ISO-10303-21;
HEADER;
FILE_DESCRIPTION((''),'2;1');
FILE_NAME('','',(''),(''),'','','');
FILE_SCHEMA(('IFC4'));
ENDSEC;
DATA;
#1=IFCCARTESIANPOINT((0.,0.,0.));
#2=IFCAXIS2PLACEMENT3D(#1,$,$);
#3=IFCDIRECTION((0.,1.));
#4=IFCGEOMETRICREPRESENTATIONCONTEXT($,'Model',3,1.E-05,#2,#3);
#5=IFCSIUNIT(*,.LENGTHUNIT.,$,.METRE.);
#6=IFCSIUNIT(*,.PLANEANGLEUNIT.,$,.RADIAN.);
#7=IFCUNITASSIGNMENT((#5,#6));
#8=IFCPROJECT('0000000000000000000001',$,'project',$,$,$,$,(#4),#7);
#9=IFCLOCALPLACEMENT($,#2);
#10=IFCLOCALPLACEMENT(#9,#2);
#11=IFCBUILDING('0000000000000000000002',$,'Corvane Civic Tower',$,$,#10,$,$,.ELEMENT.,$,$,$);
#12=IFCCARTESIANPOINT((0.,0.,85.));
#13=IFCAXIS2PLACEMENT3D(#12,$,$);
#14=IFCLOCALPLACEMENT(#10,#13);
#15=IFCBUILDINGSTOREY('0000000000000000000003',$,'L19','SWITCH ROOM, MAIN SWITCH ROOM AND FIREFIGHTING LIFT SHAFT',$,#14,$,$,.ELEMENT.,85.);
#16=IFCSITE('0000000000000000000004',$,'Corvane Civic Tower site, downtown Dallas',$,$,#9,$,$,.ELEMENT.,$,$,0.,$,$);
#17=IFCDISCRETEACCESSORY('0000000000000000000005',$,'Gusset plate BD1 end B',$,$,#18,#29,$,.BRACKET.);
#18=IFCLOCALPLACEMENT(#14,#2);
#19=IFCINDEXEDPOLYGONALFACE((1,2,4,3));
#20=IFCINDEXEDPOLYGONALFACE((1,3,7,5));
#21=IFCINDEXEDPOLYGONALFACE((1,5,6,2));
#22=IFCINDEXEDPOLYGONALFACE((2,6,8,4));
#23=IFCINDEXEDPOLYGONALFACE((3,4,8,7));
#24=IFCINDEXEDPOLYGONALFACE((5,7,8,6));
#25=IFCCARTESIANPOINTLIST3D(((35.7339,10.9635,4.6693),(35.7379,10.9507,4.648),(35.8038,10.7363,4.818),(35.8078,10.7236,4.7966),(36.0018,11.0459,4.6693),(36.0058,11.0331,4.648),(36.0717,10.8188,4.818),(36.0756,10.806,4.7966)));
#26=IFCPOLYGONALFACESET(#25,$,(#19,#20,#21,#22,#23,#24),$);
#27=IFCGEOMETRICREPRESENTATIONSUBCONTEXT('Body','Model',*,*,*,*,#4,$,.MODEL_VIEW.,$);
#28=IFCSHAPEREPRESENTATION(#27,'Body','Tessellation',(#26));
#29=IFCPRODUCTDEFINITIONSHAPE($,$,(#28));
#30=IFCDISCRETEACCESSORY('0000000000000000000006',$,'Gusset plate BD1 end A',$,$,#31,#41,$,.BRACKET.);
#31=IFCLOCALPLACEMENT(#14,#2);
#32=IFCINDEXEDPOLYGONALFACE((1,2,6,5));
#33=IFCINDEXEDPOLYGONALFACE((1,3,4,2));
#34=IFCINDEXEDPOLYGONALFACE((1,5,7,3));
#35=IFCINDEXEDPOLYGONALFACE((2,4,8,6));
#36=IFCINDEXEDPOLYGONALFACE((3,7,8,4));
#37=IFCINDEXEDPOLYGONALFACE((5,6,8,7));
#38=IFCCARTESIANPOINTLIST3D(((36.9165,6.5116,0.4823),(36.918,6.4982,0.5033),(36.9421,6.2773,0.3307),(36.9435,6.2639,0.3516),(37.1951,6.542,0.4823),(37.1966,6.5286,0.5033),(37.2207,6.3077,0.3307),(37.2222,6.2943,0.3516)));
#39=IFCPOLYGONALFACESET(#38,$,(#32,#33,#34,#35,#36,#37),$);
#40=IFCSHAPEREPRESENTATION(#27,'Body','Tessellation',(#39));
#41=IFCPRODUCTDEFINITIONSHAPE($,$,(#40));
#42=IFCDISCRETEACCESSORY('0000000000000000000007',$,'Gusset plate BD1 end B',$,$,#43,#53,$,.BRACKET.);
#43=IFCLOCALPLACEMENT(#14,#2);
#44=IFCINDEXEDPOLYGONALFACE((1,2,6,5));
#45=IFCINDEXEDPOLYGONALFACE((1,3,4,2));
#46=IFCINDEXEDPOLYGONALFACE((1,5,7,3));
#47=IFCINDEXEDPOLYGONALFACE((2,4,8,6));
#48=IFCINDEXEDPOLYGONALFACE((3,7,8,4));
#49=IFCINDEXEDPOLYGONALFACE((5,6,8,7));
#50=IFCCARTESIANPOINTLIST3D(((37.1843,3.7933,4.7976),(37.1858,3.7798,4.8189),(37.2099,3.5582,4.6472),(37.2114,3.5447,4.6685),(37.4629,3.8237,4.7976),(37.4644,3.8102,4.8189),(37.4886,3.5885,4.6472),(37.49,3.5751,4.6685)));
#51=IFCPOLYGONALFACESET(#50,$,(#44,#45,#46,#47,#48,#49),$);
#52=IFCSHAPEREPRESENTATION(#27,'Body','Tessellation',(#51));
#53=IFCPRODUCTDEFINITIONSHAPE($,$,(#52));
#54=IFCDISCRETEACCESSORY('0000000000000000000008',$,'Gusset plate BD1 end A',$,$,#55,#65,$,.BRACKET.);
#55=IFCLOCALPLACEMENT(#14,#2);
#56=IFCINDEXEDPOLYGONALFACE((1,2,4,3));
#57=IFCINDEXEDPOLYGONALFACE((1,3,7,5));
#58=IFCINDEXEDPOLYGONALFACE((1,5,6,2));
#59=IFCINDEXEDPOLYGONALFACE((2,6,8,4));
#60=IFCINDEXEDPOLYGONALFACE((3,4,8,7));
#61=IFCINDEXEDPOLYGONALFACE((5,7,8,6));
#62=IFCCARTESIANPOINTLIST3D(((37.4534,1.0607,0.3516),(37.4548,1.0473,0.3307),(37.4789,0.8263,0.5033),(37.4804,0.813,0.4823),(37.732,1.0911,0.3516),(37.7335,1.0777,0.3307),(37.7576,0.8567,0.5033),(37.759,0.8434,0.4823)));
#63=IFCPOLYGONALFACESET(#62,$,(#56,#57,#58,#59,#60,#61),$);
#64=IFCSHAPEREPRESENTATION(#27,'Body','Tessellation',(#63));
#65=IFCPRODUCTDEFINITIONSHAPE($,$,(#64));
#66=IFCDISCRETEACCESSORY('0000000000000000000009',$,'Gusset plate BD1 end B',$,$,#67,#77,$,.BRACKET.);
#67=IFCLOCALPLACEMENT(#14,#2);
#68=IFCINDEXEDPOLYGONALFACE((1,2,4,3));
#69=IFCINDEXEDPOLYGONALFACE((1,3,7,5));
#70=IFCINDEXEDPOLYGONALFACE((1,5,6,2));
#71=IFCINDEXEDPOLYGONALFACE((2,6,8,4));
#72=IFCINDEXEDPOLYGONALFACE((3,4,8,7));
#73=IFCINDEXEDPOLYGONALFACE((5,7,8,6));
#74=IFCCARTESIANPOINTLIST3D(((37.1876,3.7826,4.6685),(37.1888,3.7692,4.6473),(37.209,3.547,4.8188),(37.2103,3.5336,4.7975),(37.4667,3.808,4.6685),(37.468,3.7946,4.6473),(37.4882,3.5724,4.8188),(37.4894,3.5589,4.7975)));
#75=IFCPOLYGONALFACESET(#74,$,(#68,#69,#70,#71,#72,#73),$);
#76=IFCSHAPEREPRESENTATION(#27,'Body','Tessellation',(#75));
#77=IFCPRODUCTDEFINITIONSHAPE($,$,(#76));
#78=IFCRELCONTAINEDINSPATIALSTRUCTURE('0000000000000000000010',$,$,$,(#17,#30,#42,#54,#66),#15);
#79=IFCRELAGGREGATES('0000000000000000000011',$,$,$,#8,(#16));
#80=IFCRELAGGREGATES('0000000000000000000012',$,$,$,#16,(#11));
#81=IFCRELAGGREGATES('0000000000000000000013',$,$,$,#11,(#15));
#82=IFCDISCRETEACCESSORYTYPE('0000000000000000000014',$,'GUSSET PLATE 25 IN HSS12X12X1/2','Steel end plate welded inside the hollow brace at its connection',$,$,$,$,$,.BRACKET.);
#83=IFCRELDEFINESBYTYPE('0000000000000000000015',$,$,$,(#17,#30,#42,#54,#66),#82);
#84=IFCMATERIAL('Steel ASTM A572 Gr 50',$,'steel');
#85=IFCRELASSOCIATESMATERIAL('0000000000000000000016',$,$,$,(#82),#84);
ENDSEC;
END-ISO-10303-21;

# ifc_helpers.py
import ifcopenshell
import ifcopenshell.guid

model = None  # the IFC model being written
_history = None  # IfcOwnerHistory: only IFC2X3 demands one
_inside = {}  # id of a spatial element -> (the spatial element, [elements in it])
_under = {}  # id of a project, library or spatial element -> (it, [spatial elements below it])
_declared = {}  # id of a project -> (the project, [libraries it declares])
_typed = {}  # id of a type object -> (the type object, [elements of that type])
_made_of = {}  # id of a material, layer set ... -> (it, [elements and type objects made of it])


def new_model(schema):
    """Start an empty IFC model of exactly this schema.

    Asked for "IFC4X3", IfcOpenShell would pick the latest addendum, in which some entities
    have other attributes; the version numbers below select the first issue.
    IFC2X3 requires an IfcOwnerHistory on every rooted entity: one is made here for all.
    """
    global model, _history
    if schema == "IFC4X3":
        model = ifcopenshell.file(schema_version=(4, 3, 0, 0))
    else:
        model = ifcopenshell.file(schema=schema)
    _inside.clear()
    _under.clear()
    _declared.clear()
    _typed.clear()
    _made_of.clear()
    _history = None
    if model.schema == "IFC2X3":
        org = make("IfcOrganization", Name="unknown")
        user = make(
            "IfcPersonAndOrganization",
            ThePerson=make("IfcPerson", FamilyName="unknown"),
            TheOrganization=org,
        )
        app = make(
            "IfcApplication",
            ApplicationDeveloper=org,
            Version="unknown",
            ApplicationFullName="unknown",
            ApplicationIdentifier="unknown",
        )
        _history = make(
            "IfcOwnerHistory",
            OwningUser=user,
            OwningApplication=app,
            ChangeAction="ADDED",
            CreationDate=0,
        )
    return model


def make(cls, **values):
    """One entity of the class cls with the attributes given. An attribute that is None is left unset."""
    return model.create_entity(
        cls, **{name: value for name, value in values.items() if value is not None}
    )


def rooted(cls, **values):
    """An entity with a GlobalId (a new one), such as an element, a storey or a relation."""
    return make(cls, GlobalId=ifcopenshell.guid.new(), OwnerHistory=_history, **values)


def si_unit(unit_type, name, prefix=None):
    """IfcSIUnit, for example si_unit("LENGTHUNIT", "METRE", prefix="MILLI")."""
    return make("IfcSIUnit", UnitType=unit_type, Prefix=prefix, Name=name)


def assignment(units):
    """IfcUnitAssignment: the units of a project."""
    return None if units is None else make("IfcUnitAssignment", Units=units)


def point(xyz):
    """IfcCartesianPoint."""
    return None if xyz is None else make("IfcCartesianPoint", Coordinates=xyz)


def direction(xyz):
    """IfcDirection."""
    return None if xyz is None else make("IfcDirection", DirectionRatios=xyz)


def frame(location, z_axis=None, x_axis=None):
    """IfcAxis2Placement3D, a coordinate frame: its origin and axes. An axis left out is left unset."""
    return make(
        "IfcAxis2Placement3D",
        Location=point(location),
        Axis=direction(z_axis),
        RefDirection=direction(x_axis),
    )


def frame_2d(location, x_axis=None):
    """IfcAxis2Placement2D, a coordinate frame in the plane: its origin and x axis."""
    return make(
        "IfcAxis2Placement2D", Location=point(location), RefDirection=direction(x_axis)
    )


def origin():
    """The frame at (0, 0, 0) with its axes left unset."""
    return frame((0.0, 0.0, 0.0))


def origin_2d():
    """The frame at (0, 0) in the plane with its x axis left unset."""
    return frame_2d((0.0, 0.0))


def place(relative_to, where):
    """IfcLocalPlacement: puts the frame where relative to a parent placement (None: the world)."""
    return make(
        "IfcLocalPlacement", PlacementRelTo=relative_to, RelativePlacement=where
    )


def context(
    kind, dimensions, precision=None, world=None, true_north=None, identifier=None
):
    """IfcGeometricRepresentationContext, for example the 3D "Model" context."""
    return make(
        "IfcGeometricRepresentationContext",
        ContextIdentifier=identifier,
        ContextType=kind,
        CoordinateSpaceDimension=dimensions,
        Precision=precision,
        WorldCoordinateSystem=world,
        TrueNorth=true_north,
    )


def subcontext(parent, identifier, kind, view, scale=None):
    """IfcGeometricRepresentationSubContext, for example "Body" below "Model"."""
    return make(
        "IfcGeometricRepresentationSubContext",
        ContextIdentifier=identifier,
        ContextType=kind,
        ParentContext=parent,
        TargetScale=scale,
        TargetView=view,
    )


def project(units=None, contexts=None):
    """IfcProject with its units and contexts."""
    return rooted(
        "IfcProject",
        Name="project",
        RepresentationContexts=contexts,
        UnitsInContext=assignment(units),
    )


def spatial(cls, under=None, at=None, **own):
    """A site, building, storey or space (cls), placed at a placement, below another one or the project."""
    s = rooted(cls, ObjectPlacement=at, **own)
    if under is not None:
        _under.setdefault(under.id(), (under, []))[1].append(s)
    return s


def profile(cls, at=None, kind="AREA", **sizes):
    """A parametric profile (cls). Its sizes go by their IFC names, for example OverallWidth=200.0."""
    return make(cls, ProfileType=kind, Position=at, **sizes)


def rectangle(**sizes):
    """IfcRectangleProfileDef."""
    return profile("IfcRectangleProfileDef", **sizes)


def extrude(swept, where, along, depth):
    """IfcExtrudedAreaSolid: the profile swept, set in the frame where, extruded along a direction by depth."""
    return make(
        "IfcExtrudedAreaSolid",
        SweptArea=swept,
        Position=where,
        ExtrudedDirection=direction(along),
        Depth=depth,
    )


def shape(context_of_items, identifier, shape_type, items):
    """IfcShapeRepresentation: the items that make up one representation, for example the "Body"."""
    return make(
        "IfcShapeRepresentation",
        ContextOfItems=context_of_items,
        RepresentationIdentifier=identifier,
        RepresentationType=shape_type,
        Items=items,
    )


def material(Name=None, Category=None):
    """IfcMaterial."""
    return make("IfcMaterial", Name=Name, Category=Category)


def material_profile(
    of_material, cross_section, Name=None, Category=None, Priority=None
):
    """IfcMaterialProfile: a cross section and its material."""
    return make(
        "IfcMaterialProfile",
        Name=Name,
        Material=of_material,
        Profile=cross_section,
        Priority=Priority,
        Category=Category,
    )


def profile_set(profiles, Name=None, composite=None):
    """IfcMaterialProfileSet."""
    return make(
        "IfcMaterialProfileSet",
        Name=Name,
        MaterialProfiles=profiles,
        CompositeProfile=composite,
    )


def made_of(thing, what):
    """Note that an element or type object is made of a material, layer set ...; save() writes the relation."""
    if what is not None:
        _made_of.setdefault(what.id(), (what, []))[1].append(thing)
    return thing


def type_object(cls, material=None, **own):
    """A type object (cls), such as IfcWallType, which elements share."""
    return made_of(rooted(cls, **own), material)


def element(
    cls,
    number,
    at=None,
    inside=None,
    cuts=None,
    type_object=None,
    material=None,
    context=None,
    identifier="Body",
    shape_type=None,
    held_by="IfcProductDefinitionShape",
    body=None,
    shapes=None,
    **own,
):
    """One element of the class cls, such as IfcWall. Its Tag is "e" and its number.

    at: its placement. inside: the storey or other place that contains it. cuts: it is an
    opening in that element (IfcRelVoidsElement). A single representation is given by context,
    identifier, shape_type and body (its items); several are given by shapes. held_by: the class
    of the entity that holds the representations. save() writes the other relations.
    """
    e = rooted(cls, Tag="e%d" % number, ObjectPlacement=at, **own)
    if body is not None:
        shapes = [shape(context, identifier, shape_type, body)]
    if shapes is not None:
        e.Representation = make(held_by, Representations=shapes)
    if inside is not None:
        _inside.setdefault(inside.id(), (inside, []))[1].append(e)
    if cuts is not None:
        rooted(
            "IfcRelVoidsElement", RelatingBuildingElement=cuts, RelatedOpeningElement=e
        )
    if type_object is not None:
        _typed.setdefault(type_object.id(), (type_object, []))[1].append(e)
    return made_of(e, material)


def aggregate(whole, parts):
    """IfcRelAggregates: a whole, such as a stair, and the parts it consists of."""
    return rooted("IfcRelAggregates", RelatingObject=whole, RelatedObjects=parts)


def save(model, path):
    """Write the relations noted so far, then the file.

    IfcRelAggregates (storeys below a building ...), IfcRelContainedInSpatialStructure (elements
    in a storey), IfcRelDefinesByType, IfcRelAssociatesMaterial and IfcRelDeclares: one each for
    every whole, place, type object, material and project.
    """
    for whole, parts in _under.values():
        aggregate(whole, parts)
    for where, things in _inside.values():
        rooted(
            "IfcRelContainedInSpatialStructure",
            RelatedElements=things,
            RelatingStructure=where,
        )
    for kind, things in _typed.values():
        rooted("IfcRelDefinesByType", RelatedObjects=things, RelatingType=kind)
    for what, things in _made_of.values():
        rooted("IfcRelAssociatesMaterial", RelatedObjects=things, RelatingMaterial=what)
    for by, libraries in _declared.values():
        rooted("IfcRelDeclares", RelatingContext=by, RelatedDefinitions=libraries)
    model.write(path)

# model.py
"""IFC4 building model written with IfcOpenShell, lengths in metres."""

from ifc_helpers import new_model, si_unit, direction, frame, origin, origin_2d, place, context, subcontext, project, spatial, rectangle, extrude, material, material_profile, profile_set, type_object, element, save


model = new_model("IFC4")

# Units and contexts
model_context = context("Model", 3, precision=1e-05, world=origin(), true_north=direction((0.0, 1.0)))
body_context = subcontext(model_context, "Body", "Model", "MODEL_VIEW")
ifc_project = project(units=[si_unit("LENGTHUNIT", "METRE"), si_unit("PLANEANGLEUNIT", "RADIAN")], contexts=[model_context])

# Site, building, storey
site_placement = place(None, origin())
site = spatial("IfcSite", under=ifc_project, at=site_placement, Name="Corvane Civic Tower site, downtown Dallas", CompositionType="ELEMENT", RefElevation=0.0)
building_placement = place(site_placement, origin())
building = spatial("IfcBuilding", under=site, at=building_placement, Name="Corvane Civic Tower", CompositionType="ELEMENT")
storey_placement = place(building_placement, frame((0.0, 0.0, 85.0)))
storey = spatial("IfcBuildingStorey", under=building, at=storey_placement, Name="L19", Description="SWITCH ROOM, MAIN SWITCH ROOM AND FIREFIGHTING LIFT SHAFT", CompositionType="ELEMENT", Elevation=85.0)

# Discrete accessories
ifc_material_1 = material(Name="Steel ASTM A572 Gr 50", Category="steel")
ifc_material_profile_1 = material_profile(ifc_material_1, rectangle(XDim=0.2803, YDim=0.2803, at=origin_2d()), Name="GUSSET PLATE 25 IN HSS12X12X1/2")
ifc_profile_set_1 = profile_set([ifc_material_profile_1], Name="Steel ASTM A572 Gr 50")
discrete_accessory_type = type_object("IfcDiscreteAccessoryType", Name="GUSSET PLATE 25 IN HSS12X12X1/2", Description="Steel end plate welded inside the hollow brace at its connection", PredefinedType="BRACKET", material=ifc_profile_set_1)
discrete_accessory_1_placement = place(storey_placement, frame((35.9028, 10.8911, 4.7437), z_axis=(0.155929, -0.506769, -0.847863), x_axis=(0.955779, 0.294086, 0.0)))
element("IfcDiscreteAccessory", 1, at=discrete_accessory_1_placement, inside=storey, type_object=discrete_accessory_type, Name="Gusset plate BD1 end B", PredefinedType="BRACKET", context=body_context, shape_type="SweptSolid", body=[
    extrude(rectangle(XDim=0.2803, YDim=0.2803, at=origin_2d()), origin(), (0.0, 0.0, 1.0), 0.0251),
])
discrete_accessory_2_placement = place(storey_placement, frame((37.0686, 6.4097, 0.4065), z_axis=(0.058674, -0.537847, 0.840998), x_axis=(0.994102, 0.108448, 0.0)))
element("IfcDiscreteAccessory", 2, at=discrete_accessory_2_placement, inside=storey, type_object=discrete_accessory_type, Name="Gusset plate BD1 end A", PredefinedType="BRACKET", context=body_context, shape_type="SweptSolid", body=[
    extrude(rectangle(XDim=0.2803, YDim=0.2803, at=origin_2d()), origin(), (0.0, 0.0, 1.0), 0.0249),
])
discrete_accessory_3_placement = place(storey_placement, frame((37.3379, 3.6775, 4.7437), z_axis=(-0.058195, 0.533453, -0.843825), x_axis=(-0.994102, -0.108448, 0.0)))
element("IfcDiscreteAccessory", 3, at=discrete_accessory_3_placement, inside=storey, type_object=discrete_accessory_type, Name="Gusset plate BD1 end B", PredefinedType="BRACKET", context=body_context, shape_type="SweptSolid", body=[
    extrude(rectangle(XDim=0.2803, YDim=0.2803, at=origin_2d()), origin(), (0.0, 0.0, 1.0), 0.0251),
])
discrete_accessory_4_placement = place(storey_placement, frame((37.6069, 0.9453, 0.4065), z_axis=(-0.058674, 0.537847, 0.840998), x_axis=(-0.994102, -0.108448, 0.0)))
element("IfcDiscreteAccessory", 4, at=discrete_accessory_4_placement, inside=storey, type_object=discrete_accessory_type, Name="Gusset plate BD1 end A", PredefinedType="BRACKET", context=body_context, shape_type="SweptSolid", body=[
    extrude(rectangle(XDim=0.2803, YDim=0.2803, at=origin_2d()), origin(), (0.0, 0.0, 1.0), 0.0249),
])
discrete_accessory_5_placement = place(storey_placement, frame((37.3379, 3.6775, 4.7437), z_axis=(0.048521, -0.533729, -0.844262), x_axis=(0.995893, 0.090536, 0.0)))
element("IfcDiscreteAccessory", 5, at=discrete_accessory_5_placement, inside=storey, type_object=discrete_accessory_type, Name="Gusset plate BD1 end B", PredefinedType="BRACKET", context=body_context, shape_type="SweptSolid", body=[
    extrude(rectangle(XDim=0.2803, YDim=0.2803, at=origin_2d()), origin(), (0.0, 0.0, 1.0), 0.0251),
])

save(model, "model.ifc")
